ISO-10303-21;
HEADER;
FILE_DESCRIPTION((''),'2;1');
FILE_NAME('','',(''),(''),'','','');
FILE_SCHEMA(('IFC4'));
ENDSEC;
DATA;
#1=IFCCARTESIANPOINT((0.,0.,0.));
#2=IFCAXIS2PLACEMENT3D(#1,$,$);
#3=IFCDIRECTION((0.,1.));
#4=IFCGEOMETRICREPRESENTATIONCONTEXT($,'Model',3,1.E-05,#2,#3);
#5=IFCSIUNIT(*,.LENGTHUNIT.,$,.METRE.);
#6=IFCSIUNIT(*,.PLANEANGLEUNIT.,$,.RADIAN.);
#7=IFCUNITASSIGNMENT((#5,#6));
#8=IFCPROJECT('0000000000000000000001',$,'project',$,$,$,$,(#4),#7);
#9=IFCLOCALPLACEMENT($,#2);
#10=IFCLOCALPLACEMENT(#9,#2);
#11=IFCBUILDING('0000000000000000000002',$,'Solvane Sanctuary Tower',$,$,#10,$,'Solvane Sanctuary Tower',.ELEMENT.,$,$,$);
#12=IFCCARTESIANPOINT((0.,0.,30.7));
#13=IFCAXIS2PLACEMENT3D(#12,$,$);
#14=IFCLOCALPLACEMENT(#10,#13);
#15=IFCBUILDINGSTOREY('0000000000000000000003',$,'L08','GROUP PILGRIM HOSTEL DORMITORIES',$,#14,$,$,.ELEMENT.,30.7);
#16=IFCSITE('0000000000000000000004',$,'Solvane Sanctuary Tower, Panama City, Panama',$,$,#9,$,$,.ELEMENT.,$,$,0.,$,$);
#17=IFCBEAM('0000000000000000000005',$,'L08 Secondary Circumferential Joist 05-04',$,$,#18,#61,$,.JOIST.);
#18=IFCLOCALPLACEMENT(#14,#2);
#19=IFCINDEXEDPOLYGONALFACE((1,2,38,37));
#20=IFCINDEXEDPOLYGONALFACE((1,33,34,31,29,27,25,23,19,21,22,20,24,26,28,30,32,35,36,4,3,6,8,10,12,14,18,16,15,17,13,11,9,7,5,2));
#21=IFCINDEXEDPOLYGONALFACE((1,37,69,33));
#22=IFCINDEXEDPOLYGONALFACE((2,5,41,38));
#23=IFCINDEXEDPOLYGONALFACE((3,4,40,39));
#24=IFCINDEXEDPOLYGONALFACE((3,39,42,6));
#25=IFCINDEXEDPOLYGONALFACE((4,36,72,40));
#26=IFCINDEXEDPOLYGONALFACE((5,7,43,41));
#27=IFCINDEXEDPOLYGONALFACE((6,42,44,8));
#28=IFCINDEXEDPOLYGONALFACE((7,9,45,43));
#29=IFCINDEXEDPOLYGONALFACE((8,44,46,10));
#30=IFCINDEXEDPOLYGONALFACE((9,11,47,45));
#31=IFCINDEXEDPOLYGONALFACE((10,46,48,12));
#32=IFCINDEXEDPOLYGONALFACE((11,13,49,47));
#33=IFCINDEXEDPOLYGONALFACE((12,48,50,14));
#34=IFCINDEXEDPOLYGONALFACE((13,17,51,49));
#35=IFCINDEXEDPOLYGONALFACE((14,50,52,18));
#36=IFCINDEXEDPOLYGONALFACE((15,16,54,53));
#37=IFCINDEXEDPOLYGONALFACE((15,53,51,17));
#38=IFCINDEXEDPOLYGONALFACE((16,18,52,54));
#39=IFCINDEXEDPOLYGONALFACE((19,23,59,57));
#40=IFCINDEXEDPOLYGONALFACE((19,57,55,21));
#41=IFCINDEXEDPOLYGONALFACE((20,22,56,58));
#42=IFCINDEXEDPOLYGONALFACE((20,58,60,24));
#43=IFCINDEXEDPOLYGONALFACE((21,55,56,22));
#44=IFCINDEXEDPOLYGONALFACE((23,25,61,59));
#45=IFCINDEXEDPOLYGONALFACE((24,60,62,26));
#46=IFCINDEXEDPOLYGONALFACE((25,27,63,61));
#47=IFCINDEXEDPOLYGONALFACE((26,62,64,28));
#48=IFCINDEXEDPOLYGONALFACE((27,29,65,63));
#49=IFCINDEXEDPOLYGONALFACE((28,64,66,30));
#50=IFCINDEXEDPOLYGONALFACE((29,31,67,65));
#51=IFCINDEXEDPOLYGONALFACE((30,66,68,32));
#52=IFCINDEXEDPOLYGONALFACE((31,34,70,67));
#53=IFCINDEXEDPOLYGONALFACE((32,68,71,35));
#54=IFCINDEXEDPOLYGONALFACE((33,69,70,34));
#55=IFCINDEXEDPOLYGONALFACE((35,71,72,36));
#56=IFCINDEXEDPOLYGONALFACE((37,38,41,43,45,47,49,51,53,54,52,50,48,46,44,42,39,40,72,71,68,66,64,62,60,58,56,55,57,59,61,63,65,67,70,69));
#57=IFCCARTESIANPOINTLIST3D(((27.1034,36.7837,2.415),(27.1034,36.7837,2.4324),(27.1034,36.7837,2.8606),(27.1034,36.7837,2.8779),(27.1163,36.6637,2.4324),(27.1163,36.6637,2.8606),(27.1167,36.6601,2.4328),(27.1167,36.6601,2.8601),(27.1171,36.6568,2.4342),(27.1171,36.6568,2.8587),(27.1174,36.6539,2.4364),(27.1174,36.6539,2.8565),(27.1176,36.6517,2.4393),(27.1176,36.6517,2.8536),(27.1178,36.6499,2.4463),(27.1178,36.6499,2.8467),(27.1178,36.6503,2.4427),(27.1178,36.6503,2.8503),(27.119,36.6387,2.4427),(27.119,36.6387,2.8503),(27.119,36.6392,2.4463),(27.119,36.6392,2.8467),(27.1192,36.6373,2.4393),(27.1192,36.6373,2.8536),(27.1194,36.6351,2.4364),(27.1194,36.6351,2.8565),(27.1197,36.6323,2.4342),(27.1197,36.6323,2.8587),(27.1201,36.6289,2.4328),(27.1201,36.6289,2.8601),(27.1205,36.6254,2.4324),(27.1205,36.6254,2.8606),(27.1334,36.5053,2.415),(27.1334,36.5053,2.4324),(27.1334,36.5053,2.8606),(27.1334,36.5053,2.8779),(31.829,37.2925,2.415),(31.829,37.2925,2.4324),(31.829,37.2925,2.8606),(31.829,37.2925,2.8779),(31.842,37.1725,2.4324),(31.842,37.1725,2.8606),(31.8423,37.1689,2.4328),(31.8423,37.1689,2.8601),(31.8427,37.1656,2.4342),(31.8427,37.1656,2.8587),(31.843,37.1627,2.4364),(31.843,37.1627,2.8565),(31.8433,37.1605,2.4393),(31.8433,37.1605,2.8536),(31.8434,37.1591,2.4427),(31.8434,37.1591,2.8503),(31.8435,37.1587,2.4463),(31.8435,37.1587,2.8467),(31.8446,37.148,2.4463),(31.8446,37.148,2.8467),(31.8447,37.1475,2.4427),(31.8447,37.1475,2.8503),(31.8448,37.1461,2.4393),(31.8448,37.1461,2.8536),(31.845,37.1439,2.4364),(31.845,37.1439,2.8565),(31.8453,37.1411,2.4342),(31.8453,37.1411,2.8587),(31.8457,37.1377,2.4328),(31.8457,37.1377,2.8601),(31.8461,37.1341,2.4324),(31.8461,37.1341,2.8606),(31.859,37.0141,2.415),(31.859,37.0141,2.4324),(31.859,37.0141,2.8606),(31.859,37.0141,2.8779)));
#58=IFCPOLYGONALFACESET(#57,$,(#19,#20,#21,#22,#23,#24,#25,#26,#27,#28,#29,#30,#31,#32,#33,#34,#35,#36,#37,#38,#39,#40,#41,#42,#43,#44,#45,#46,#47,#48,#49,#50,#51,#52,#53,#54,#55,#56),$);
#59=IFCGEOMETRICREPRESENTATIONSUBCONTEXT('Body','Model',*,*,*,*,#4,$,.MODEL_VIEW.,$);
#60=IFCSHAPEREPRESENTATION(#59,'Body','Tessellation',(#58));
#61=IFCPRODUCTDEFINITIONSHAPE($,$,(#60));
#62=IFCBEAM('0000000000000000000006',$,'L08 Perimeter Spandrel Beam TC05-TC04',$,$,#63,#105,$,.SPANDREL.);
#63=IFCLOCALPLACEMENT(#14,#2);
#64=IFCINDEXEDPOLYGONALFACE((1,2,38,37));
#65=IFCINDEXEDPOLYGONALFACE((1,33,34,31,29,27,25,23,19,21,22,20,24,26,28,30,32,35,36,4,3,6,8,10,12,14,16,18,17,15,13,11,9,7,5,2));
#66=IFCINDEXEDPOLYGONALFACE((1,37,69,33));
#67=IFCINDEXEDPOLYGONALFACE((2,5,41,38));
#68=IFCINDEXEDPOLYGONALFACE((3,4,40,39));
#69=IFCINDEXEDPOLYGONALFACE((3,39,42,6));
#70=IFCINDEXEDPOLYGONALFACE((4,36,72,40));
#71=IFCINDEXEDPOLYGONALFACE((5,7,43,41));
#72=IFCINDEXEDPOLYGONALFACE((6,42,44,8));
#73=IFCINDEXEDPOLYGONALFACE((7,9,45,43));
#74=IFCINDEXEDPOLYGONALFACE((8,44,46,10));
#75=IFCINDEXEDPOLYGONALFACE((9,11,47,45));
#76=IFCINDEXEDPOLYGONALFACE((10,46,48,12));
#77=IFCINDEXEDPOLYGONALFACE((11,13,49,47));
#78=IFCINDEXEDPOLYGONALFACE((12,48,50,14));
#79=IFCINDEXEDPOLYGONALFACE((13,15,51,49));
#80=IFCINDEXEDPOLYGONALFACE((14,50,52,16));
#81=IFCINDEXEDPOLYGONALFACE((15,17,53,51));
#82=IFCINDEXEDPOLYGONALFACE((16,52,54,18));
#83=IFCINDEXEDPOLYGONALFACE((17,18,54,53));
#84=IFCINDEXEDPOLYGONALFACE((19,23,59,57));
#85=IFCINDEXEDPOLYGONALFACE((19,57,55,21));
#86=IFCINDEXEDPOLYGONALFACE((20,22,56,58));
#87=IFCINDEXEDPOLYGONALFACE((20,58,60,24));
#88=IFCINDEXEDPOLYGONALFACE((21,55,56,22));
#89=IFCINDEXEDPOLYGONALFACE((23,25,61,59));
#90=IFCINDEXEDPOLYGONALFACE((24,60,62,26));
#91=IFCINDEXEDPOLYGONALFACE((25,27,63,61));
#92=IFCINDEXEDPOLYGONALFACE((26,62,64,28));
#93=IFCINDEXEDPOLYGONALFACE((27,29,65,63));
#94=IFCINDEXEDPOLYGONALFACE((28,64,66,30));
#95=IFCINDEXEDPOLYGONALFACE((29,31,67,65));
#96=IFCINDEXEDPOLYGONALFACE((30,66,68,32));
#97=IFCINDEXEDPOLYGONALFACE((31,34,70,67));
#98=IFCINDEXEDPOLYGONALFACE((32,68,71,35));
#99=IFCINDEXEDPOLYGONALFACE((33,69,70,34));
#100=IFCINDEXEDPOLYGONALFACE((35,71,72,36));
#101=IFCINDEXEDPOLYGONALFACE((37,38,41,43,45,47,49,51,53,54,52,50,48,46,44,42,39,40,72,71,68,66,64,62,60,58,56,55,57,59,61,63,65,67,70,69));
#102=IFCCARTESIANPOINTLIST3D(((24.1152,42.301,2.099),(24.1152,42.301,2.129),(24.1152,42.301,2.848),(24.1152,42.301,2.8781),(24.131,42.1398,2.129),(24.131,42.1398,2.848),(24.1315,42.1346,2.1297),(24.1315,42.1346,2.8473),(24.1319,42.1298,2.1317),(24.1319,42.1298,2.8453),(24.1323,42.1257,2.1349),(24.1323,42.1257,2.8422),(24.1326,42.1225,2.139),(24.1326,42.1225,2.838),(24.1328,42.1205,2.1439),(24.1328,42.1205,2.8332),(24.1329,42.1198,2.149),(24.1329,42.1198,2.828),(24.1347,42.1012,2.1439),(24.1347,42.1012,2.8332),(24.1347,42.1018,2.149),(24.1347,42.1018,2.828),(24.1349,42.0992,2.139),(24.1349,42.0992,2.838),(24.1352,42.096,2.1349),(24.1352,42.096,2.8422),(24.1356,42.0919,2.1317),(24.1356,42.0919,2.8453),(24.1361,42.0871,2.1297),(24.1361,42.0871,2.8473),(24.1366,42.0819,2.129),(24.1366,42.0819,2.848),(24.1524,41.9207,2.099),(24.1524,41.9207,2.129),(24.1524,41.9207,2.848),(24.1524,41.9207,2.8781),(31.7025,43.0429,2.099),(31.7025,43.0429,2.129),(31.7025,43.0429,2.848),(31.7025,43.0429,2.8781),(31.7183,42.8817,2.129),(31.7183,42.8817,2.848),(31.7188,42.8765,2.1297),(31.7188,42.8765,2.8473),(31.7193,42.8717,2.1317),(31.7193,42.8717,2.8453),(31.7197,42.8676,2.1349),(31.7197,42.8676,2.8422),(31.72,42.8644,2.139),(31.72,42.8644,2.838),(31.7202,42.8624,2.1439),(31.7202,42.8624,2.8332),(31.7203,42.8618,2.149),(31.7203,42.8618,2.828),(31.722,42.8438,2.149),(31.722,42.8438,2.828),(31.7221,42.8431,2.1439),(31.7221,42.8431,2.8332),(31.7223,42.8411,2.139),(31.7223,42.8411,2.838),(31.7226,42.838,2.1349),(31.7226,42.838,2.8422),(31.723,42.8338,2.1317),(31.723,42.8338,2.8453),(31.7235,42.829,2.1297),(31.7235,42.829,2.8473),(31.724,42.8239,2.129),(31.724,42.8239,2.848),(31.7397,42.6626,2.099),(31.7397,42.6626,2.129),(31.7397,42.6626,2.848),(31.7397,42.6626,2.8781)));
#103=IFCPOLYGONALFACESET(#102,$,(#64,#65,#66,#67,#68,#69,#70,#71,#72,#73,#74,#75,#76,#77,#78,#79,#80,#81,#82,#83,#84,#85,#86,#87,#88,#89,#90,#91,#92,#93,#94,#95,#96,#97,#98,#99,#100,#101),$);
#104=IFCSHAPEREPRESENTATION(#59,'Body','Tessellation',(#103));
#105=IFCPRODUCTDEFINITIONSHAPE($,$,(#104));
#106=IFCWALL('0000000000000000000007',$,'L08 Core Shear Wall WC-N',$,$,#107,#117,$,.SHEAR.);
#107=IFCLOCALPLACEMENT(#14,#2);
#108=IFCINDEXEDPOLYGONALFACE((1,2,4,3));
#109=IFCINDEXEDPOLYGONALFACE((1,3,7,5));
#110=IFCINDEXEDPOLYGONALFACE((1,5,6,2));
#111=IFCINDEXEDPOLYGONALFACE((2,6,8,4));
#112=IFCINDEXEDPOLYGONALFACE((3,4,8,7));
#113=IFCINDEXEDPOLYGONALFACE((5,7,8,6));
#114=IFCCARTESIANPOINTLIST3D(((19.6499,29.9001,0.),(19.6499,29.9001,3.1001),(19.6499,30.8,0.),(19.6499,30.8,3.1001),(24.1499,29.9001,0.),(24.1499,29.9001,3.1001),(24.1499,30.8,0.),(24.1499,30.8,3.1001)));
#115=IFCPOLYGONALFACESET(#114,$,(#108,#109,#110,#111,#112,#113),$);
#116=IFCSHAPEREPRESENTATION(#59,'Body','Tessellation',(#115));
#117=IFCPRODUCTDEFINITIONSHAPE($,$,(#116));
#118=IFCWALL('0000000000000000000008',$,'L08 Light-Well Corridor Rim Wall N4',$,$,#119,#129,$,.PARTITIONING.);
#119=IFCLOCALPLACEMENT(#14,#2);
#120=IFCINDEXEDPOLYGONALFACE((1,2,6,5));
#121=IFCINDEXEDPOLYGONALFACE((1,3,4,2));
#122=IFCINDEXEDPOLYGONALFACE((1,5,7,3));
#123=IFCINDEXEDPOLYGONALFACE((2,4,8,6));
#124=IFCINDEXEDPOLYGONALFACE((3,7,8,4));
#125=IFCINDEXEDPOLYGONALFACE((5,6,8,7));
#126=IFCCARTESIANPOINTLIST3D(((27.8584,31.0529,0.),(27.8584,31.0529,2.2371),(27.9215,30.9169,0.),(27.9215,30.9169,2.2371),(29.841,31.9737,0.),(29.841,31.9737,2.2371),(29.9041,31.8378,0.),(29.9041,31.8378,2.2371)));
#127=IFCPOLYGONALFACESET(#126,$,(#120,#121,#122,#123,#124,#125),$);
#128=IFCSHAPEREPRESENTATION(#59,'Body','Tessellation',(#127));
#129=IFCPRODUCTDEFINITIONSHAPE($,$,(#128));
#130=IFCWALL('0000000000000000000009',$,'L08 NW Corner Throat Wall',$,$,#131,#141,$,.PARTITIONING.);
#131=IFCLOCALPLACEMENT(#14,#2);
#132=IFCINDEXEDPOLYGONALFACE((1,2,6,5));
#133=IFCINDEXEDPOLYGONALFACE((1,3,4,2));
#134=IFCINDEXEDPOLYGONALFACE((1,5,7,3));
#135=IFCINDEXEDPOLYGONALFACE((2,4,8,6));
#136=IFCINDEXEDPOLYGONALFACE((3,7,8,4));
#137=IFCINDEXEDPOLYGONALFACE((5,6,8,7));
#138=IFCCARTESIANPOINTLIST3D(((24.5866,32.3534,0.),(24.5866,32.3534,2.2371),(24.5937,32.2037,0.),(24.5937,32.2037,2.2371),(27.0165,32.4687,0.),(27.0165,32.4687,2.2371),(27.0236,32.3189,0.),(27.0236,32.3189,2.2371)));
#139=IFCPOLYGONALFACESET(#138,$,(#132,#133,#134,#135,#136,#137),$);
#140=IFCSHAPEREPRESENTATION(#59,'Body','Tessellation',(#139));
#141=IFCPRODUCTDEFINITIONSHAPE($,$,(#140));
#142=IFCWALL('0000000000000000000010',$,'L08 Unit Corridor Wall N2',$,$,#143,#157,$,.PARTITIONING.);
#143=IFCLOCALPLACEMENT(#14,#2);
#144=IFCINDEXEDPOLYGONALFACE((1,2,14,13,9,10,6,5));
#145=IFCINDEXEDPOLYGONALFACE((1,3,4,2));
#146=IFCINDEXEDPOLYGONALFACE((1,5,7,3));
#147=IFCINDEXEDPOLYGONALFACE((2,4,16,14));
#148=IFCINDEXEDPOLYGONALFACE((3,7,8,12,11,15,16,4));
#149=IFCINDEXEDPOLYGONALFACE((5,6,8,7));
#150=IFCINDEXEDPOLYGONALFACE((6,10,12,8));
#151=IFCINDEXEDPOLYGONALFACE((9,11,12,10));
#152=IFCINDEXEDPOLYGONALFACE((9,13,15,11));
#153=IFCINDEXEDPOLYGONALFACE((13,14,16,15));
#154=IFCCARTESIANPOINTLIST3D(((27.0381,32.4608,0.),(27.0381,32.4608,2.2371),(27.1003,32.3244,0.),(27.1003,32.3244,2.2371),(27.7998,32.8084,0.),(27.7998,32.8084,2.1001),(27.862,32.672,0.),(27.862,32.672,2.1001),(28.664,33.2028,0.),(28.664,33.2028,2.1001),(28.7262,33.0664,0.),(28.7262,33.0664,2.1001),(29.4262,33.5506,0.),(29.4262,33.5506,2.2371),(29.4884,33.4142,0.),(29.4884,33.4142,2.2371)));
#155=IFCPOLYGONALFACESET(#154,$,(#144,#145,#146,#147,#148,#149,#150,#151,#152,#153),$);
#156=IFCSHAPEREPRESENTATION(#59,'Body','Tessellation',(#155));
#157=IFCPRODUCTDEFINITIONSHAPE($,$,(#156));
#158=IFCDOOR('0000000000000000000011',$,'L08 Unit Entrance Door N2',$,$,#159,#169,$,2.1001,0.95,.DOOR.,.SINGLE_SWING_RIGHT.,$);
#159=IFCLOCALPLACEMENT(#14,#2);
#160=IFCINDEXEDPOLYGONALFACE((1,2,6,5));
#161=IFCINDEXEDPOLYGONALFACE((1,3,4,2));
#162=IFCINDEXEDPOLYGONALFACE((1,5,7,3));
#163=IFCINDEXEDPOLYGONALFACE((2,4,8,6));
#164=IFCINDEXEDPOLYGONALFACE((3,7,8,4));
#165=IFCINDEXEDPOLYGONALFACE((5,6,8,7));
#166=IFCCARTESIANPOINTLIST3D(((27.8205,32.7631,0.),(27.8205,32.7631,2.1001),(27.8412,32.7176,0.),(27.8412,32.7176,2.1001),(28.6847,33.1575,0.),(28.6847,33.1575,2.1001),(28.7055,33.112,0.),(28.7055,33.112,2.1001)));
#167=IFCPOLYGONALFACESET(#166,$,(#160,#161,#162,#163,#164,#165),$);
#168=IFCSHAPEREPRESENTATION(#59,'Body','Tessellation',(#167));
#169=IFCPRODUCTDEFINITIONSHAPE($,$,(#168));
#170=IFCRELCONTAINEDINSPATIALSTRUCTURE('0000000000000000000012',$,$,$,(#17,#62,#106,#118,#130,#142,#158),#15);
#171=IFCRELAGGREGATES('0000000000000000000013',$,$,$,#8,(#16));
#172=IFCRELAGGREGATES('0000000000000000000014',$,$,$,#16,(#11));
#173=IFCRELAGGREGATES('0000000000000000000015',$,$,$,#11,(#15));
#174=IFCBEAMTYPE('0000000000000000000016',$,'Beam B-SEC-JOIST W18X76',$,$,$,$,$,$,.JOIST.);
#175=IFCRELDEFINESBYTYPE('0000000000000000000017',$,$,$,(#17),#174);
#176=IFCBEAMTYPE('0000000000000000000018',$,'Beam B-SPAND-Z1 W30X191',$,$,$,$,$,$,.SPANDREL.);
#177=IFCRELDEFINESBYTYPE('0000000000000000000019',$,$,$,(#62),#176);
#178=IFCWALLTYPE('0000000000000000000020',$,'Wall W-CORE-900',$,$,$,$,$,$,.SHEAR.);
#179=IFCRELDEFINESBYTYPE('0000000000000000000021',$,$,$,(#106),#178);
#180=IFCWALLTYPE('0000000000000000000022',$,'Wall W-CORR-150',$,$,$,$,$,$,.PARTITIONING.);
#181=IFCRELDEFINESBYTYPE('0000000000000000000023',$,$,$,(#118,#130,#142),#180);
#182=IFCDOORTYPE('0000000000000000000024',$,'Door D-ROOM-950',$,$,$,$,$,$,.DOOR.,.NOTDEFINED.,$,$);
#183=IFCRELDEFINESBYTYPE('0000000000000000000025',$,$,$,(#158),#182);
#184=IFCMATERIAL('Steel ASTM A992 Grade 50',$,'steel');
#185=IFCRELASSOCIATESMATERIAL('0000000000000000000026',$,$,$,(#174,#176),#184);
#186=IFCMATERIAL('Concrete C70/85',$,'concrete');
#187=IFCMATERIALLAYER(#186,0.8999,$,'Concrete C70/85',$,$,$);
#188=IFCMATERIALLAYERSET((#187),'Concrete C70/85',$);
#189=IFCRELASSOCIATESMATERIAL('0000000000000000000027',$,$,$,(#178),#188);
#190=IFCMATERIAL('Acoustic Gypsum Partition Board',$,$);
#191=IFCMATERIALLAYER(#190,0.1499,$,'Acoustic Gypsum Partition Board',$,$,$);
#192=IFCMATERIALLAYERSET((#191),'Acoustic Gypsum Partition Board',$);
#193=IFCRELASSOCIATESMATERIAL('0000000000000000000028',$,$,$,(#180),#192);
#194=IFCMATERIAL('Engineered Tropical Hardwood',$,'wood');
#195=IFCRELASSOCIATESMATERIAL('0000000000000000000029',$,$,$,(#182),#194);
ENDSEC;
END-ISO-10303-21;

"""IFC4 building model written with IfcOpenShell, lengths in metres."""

from ifc_helpers import new_model, si_unit, direction, frame, frame_2d, origin, origin_2d, place, context, subcontext, project, spatial, rectangle, i_section, extrude, material, layer, layer_set, material_profile, profile_set, type_object, element, fill, save


model = new_model("IFC4")

# Units and contexts
model_context = context("Model", 3, precision=1e-05, world=origin(), true_north=direction((0.0, 1.0)))
body_context = subcontext(model_context, "Body", "Model", "MODEL_VIEW")
ifc_project = project(units=[si_unit("LENGTHUNIT", "METRE"), si_unit("PLANEANGLEUNIT", "RADIAN")], contexts=[model_context])

# Site, building, storey
site_placement = place(None, origin())
site = spatial("IfcSite", under=ifc_project, at=site_placement, Name="Solvane Sanctuary Tower, Panama City, Panama", CompositionType="ELEMENT", RefElevation=0.0)
building_placement = place(site_placement, origin())
building = spatial("IfcBuilding", under=site, at=building_placement, Name="Solvane Sanctuary Tower", LongName="Solvane Sanctuary Tower", CompositionType="ELEMENT")
storey_placement = place(building_placement, frame((0.0, 0.0, 30.7)))
storey = spatial("IfcBuildingStorey", under=building, at=storey_placement, Name="L08", Description="GROUP PILGRIM HOSTEL DORMITORIES", CompositionType="ELEMENT", Elevation=30.7)

# Shared definitions
ifc_material_1 = material(Name="Concrete C70/85", Category="concrete")

# Beams
ifc_material_2 = material(Name="Steel ASTM A992 Grade 50", Category="steel")
ifc_material_profile_1 = material_profile(ifc_material_2, i_section(OverallWidth=0.28, OverallDepth=0.4629, WebThickness=0.0107, FlangeThickness=0.0173, FilletRadius=0.0139, at=origin_2d()), Name="W18X76")
ifc_profile_set_1 = profile_set([ifc_material_profile_1], Name="Steel ASTM A992 Grade 50")
beam_type_1 = type_object("IfcBeamType", Name="Beam B-SEC-JOIST W18X76", PredefinedType="JOIST", material=ifc_profile_set_1)
beam_1_placement = place(storey_placement, frame((27.1184, 36.6445, 2.6465), z_axis=(0.994254, 0.107048, 0.0), x_axis=(-0.107048, 0.994254, 0.0)))
element("IfcBeam", 1, at=beam_1_placement, inside=storey, type_object=beam_type_1, Name="L08 Secondary Circumferential Joist 05-04", PredefinedType="JOIST", context=body_context, shape_type="SweptSolid", body=[
    extrude(i_section(OverallWidth=0.28, OverallDepth=0.4629, WebThickness=0.0107, FlangeThickness=0.0173, FilletRadius=0.0139, at=origin_2d()), origin(), (0.0, 0.0, 1.0), 4.7529),
])
ifc_material_profile_2 = material_profile(ifc_material_2, i_section(OverallWidth=0.3821, OverallDepth=0.7791, WebThickness=0.0181, FlangeThickness=0.03, FilletRadius=0.02, at=origin_2d()), Name="W30X191")
ifc_profile_set_2 = profile_set([ifc_material_profile_2], Name="Steel ASTM A992 Grade 50")
beam_type_2 = type_object("IfcBeamType", Name="Beam B-SPAND-Z1 W30X191", PredefinedType="SPANDREL", material=ifc_profile_set_2)
beam_2_placement = place(storey_placement, frame((24.1338, 42.1108, 2.4885), z_axis=(0.995253, 0.097322, 0.0), x_axis=(-0.097322, 0.995253, 0.0)))
element("IfcBeam", 2, at=beam_2_placement, inside=storey, type_object=beam_type_2, Name="L08 Perimeter Spandrel Beam TC05-TC04", PredefinedType="SPANDREL", context=body_context, shape_type="SweptSolid", body=[
    extrude(i_section(OverallWidth=0.3821, OverallDepth=0.7791, WebThickness=0.0181, FlangeThickness=0.03, FilletRadius=0.02, at=origin_2d()), origin(), (0.0, 0.0, 1.0), 7.6235),
])

# Walls
ifc_layer_1 = layer(ifc_material_1, 0.8999, Name="Concrete C70/85")
ifc_layer_set_1 = layer_set([ifc_layer_1], Name="Concrete C70/85")
wall_type_1 = type_object("IfcWallType", Name="Wall W-CORE-900", PredefinedType="SHEAR", material=ifc_layer_set_1)
wall_1_placement = place(storey_placement, frame((19.6499, 30.3501, 0.0), z_axis=(0.0, 0.0, 1.0), x_axis=(1.0, 0.0, 0.0)))
element("IfcWall", 3, at=wall_1_placement, inside=storey, type_object=wall_type_1, Name="L08 Core Shear Wall WC-N", PredefinedType="SHEAR", context=body_context, shape_type="SweptSolid", body=[
    extrude(rectangle(XDim=4.5, YDim=0.8999, at=frame_2d((2.25, 0.0))), origin(), (0.0, 0.0, 1.0), 3.1001),
])
ifc_material_3 = material(Name="Acoustic Gypsum Partition Board")
ifc_layer_2 = layer(ifc_material_3, 0.1499, Name="Acoustic Gypsum Partition Board")
ifc_layer_set_2 = layer_set([ifc_layer_2], Name="Acoustic Gypsum Partition Board")
wall_type_2 = type_object("IfcWallType", Name="Wall W-CORR-150", PredefinedType="PARTITIONING", material=ifc_layer_set_2)
wall_2_placement = place(storey_placement, frame((29.8726, 31.9058, 0.0), z_axis=(0.0, 0.0, 1.0), x_axis=(-0.906943, -0.421252, 0.0)))
element("IfcWall", 4, at=wall_2_placement, inside=storey, type_object=wall_type_2, Name="L08 Light-Well Corridor Rim Wall N4", PredefinedType="PARTITIONING", context=body_context, shape_type="SweptSolid", body=[
    extrude(rectangle(XDim=2.186, YDim=0.1499, at=frame_2d((1.093, 0.0))), origin(), (0.0, 0.0, 1.0), 2.2371),
])
wall_3_placement = place(storey_placement, frame((27.02, 32.3938, 0.0), z_axis=(0.0, 0.0, 1.0), x_axis=(-0.998877, -0.04737, 0.0)))
element("IfcWall", 5, at=wall_3_placement, inside=storey, type_object=wall_type_2, Name="L08 NW Corner Throat Wall", PredefinedType="PARTITIONING", context=body_context, shape_type="SweptSolid", body=[
    extrude(rectangle(XDim=2.4326, YDim=0.1499, at=frame_2d((1.2163, 0.0))), origin(), (0.0, 0.0, 1.0), 2.2371),
])

# Wall, opening, door
wall_4_placement = place(storey_placement, frame((29.4573, 33.4824, 0.0), z_axis=(0.0, 0.0, 1.0), x_axis=(-0.909748, -0.415162, 0.0)))
wall_4 = element("IfcWall", 6, at=wall_4_placement, inside=storey, type_object=wall_type_2, Name="L08 Unit Corridor Wall N2", PredefinedType="PARTITIONING", context=body_context, shape_type="SweptSolid", body=[
    extrude(rectangle(XDim=2.625, YDim=0.1499, at=frame_2d((1.3125, 0.0))), origin(), (0.0, 0.0, 1.0), 2.2371),
])
opening_1_placement = place(wall_4_placement, frame((0.8376, 0.0, 0.0)))
opening_1 = element("IfcOpeningElement", 7, at=opening_1_placement, cuts=wall_4, PredefinedType="OPENING", context=body_context, shape_type="SweptSolid", body=[
    extrude(rectangle(XDim=0.95, YDim=2.1001, at=frame_2d((0.4751, 1.05))), frame((0.0, 0.085, 0.0), z_axis=(0.0, -1.0, 0.0), x_axis=(1.0, 0.0, 0.0)), (0.0, 0.0, 1.0), 0.1699),
])
ifc_material_4 = material(Name="Engineered Tropical Hardwood", Category="wood")
door_type_1 = type_object("IfcDoorType", Name="Door D-ROOM-950", OperationType="NOTDEFINED", PredefinedType="DOOR", material=ifc_material_4)
door_1_placement = place(opening_1_placement, origin())
door_1 = element("IfcDoor", 8, at=door_1_placement, inside=storey, type_object=door_type_1, Name="L08 Unit Entrance Door N2", OperationType="SINGLE_SWING_RIGHT", OverallHeight=2.1001, OverallWidth=0.95, PredefinedType="DOOR", context=body_context, shape_type="SweptSolid", body=[
    extrude(rectangle(XDim=0.95, YDim=2.1001, at=frame_2d((0.4751, 1.05))), frame((0.0, 0.0249, 0.0), z_axis=(0.0, -1.0, 0.0), x_axis=(1.0, 0.0, 0.0)), (0.0, 0.0, 1.0), 0.05),
])
fill(opening_1, door_1)

save(model, "model.ifc")
